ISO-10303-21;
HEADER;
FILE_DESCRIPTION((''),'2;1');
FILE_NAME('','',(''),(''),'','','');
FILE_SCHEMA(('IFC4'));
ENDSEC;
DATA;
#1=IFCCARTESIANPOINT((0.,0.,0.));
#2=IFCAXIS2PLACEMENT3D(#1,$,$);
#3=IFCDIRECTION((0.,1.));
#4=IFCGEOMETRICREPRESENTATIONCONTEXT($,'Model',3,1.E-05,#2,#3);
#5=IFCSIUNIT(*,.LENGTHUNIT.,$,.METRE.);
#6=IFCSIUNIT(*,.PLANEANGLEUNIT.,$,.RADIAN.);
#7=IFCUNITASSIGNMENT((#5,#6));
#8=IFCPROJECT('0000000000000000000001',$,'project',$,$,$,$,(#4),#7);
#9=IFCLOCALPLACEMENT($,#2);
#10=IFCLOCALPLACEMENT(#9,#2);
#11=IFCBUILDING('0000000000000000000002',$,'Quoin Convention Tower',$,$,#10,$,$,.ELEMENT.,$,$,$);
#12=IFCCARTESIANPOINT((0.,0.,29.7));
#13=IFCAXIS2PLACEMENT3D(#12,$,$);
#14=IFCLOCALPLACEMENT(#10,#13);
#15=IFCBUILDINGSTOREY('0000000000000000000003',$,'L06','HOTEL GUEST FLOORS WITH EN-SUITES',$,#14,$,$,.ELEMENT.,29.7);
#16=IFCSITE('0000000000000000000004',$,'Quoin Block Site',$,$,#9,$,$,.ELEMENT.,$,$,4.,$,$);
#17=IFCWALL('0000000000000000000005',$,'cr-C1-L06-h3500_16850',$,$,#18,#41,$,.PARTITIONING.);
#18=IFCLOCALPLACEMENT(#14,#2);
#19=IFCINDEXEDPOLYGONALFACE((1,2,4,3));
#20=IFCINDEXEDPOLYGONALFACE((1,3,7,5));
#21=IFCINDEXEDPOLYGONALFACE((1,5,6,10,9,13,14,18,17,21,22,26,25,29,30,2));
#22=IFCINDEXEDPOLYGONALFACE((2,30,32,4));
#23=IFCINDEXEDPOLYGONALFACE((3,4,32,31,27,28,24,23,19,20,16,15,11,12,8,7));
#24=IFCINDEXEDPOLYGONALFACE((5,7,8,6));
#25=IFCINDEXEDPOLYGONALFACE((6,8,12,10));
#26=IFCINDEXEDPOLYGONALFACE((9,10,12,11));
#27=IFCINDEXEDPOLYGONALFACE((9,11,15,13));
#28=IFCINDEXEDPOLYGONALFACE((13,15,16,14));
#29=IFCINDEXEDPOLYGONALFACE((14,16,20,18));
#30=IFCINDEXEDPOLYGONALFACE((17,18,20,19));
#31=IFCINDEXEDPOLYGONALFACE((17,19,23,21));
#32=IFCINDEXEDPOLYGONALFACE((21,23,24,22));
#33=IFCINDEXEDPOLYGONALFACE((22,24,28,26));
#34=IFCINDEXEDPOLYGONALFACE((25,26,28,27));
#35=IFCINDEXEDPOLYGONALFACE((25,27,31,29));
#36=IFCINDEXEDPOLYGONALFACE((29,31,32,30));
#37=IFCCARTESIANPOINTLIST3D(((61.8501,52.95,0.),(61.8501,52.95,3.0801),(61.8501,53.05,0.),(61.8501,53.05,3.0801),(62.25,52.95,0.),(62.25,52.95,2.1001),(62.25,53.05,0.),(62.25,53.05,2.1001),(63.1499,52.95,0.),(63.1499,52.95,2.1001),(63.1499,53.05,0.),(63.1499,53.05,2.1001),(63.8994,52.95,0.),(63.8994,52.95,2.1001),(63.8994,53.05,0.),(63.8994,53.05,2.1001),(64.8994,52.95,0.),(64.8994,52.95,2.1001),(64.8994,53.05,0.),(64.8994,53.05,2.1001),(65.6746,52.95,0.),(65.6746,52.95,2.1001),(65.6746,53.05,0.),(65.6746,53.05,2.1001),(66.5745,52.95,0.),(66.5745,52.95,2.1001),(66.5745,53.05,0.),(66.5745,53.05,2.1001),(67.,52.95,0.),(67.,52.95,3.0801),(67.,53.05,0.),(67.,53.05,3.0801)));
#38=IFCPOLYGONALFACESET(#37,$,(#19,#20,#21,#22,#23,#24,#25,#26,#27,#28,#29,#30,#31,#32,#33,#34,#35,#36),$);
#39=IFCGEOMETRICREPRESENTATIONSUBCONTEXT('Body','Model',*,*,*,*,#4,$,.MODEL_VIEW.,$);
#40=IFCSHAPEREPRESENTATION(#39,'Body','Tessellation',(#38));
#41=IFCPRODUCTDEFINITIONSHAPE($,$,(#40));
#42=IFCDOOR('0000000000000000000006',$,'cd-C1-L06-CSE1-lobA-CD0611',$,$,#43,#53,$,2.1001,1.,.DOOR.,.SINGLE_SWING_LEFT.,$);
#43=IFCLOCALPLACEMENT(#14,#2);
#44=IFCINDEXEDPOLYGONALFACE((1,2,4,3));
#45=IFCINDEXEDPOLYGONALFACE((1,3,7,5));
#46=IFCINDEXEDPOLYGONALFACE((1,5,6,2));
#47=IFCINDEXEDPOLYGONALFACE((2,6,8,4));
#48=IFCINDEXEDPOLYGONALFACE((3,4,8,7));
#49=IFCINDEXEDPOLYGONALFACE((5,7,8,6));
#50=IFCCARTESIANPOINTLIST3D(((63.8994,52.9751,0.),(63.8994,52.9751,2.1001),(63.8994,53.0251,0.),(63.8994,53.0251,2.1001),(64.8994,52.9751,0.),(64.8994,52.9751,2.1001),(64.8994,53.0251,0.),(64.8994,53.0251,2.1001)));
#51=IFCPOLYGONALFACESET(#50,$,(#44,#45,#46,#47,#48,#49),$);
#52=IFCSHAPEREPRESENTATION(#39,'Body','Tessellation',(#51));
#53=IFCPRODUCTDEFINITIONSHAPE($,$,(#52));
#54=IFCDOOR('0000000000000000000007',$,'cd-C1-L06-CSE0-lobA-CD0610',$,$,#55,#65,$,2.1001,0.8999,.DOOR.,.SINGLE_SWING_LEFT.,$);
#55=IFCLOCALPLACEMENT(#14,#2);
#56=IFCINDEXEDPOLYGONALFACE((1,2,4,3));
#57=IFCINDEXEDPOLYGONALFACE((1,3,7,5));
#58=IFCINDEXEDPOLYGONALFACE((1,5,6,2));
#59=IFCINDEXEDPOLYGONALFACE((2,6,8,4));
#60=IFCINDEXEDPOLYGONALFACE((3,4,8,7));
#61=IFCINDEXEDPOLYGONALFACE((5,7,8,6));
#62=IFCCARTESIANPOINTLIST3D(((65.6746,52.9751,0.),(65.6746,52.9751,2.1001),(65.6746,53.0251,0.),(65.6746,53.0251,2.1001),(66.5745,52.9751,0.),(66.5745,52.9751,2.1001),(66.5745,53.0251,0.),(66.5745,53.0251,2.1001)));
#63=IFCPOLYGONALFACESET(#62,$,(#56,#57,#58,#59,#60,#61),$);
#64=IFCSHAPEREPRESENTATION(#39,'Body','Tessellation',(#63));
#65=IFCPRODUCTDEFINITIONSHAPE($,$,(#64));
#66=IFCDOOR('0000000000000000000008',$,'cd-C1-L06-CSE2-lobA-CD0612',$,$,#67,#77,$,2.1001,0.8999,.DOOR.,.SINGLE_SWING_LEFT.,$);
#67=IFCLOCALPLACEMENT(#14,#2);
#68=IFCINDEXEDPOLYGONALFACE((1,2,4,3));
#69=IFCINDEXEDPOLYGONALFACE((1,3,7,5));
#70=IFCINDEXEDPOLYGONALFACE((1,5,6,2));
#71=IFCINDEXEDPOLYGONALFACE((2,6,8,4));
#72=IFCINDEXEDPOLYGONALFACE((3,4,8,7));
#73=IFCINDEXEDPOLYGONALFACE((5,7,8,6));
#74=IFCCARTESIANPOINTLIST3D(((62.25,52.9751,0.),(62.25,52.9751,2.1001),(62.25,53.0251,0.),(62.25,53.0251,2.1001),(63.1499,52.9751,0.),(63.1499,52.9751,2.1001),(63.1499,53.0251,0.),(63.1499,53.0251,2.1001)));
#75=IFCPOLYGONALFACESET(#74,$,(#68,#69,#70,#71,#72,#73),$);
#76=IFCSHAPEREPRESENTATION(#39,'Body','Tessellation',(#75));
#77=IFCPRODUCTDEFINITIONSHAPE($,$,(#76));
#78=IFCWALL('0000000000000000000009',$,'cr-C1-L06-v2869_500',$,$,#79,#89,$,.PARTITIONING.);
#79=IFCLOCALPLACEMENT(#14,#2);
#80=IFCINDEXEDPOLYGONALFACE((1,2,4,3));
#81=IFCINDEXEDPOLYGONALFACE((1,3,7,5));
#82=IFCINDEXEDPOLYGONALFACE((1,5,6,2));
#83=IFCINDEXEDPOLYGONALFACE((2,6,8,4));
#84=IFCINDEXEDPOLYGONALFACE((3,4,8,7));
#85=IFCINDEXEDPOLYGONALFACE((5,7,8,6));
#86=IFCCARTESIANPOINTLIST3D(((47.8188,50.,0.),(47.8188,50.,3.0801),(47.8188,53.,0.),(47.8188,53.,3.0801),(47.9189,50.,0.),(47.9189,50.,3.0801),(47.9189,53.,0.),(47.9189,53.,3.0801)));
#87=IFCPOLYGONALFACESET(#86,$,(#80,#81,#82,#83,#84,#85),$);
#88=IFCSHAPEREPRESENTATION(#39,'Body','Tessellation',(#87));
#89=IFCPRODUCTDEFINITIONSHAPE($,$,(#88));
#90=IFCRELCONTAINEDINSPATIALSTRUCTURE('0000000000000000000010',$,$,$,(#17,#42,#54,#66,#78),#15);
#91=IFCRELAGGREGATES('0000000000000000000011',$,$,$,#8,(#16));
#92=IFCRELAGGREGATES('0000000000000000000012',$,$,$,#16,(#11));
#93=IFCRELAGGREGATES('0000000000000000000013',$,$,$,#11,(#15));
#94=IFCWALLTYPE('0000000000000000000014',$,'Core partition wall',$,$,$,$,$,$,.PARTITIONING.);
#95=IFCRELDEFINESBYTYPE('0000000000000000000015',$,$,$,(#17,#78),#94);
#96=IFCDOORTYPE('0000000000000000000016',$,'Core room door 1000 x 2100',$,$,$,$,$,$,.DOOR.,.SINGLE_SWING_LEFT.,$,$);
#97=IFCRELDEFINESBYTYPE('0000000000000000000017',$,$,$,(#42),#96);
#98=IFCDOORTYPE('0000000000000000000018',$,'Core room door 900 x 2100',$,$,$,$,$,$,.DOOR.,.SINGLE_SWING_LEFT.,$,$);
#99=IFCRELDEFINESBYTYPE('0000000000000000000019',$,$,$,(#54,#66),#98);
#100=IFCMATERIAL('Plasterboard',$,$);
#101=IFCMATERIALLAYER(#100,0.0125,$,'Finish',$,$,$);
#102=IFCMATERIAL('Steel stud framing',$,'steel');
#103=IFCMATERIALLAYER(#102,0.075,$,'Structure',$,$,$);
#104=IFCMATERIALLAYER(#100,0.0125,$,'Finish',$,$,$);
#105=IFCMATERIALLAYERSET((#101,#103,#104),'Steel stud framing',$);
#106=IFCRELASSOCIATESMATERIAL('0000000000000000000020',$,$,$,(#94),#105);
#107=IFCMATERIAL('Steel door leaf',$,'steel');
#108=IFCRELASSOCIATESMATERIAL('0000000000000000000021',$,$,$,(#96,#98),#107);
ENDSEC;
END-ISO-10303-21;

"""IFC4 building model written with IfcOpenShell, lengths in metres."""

from ifc_helpers import new_model, si_unit, direction, frame, frame_2d, origin, place, context, subcontext, project, spatial, rectangle, extrude, material, layer, layer_set, type_object, element, fill, save


model = new_model("IFC4")

# Units and contexts
model_context = context("Model", 3, precision=1e-05, world=origin(), true_north=direction((0.0, 1.0)))
body_context = subcontext(model_context, "Body", "Model", "MODEL_VIEW")
ifc_project = project(units=[si_unit("LENGTHUNIT", "METRE"), si_unit("PLANEANGLEUNIT", "RADIAN")], contexts=[model_context])

# Site, building, storey
site_placement = place(None, origin())
site = spatial("IfcSite", under=ifc_project, at=site_placement, Name="Quoin Block Site", CompositionType="ELEMENT", RefElevation=4.0)
building_placement = place(site_placement, origin())
building = spatial("IfcBuilding", under=site, at=building_placement, Name="Quoin Convention Tower", CompositionType="ELEMENT")
storey_placement = place(building_placement, frame((0.0, 0.0, 29.7)))
storey = spatial("IfcBuildingStorey", under=building, at=storey_placement, Name="L06", Description="HOTEL GUEST FLOORS WITH EN-SUITES", CompositionType="ELEMENT", Elevation=29.7)

# Wall, openings, doors
ifc_material_1 = material(Name="Plasterboard")
ifc_layer_1 = layer(ifc_material_1, 0.0125, Name="Finish")
ifc_material_2 = material(Name="Steel stud framing", Category="steel")
ifc_layer_2 = layer(ifc_material_2, 0.075, Name="Structure")
ifc_layer_3 = layer(ifc_material_1, 0.0125, Name="Finish")
ifc_layer_set_1 = layer_set([ifc_layer_1, ifc_layer_2, ifc_layer_3], Name="Steel stud framing")
wall_type_1 = type_object("IfcWallType", Name="Core partition wall", PredefinedType="PARTITIONING", material=ifc_layer_set_1)
wall_1_placement = place(storey_placement, frame((61.8501, 53.0, 0.0), z_axis=(0.0, 0.0, 1.0), x_axis=(1.0, 0.0, 0.0)))
wall_1 = element("IfcWall", 1, at=wall_1_placement, inside=storey, type_object=wall_type_1, Name="cr-C1-L06-h3500_16850", PredefinedType="PARTITIONING", context=body_context, shape_type="SweptSolid", body=[
    extrude(rectangle(XDim=5.1499, YDim=0.1001, at=frame_2d((2.575, 0.0))), origin(), (0.0, 0.0, 1.0), 3.0801),
])
opening_1_placement = place(wall_1_placement, frame((3.8245, 0.0, 0.0)))
opening_1 = element("IfcOpeningElement", 2, at=opening_1_placement, cuts=wall_1, PredefinedType="OPENING", context=body_context, shape_type="SweptSolid", body=[
    extrude(rectangle(XDim=0.8999, YDim=2.1001, at=frame_2d((0.45, 1.05))), frame((0.0, 0.0601, 0.0), z_axis=(0.0, -1.0, 0.0), x_axis=(1.0, 0.0, 0.0)), (0.0, 0.0, 1.0), 0.1201),
])
opening_2_placement = place(wall_1_placement, frame((2.0493, 0.0, 0.0)))
opening_2 = element("IfcOpeningElement", 3, at=opening_2_placement, cuts=wall_1, PredefinedType="OPENING", context=body_context, shape_type="SweptSolid", body=[
    extrude(rectangle(XDim=1.0, YDim=2.1001, at=frame_2d((0.5, 1.05))), frame((0.0, 0.0601, 0.0), z_axis=(0.0, -1.0, 0.0), x_axis=(1.0, 0.0, 0.0)), (0.0, 0.0, 1.0), 0.1201),
])
opening_3_placement = place(wall_1_placement, frame((0.3999, 0.0, 0.0)))
opening_3 = element("IfcOpeningElement", 4, at=opening_3_placement, cuts=wall_1, PredefinedType="OPENING", context=body_context, shape_type="SweptSolid", body=[
    extrude(rectangle(XDim=0.8999, YDim=2.1001, at=frame_2d((0.45, 1.05))), frame((0.0, 0.0601, 0.0), z_axis=(0.0, -1.0, 0.0), x_axis=(1.0, 0.0, 0.0)), (0.0, 0.0, 1.0), 0.1201),
])
ifc_material_3 = material(Name="Steel door leaf", Category="steel")
door_type_1 = type_object("IfcDoorType", Name="Core room door 1000 x 2100", OperationType="SINGLE_SWING_LEFT", PredefinedType="DOOR", material=ifc_material_3)
door_1_placement = place(opening_2_placement, frame((1.0, 0.0, 0.0), z_axis=(0.0, 0.0, 1.0), x_axis=(-1.0, 0.0, 0.0)))
door_1 = element("IfcDoor", 5, at=door_1_placement, inside=storey, type_object=door_type_1, Name="cd-C1-L06-CSE1-lobA-CD0611", OperationType="SINGLE_SWING_LEFT", OverallHeight=2.1001, OverallWidth=1.0, PredefinedType="DOOR", context=body_context, shape_type="SweptSolid", body=[
    extrude(rectangle(XDim=1.0, YDim=2.1001, at=frame_2d((0.5, 1.05))), frame((0.0, 0.0249, 0.0), z_axis=(0.0, -1.0, 0.0), x_axis=(1.0, 0.0, 0.0)), (0.0, 0.0, 1.0), 0.05),
])
fill(opening_2, door_1)
door_type_2 = type_object("IfcDoorType", Name="Core room door 900 x 2100", OperationType="SINGLE_SWING_LEFT", PredefinedType="DOOR", material=ifc_material_3)
door_2_placement = place(opening_1_placement, frame((0.8999, 0.0, 0.0), z_axis=(0.0, 0.0, 1.0), x_axis=(-1.0, 0.0, 0.0)))
door_2 = element("IfcDoor", 6, at=door_2_placement, inside=storey, type_object=door_type_2, Name="cd-C1-L06-CSE0-lobA-CD0610", OperationType="SINGLE_SWING_LEFT", OverallHeight=2.1001, OverallWidth=0.8999, PredefinedType="DOOR", context=body_context, shape_type="SweptSolid", body=[
    extrude(rectangle(XDim=0.8999, YDim=2.1001, at=frame_2d((0.45, 1.05))), frame((0.0, 0.0249, 0.0), z_axis=(0.0, -1.0, 0.0), x_axis=(1.0, 0.0, 0.0)), (0.0, 0.0, 1.0), 0.05),
])
fill(opening_1, door_2)
door_3_placement = place(opening_3_placement, frame((0.8999, 0.0, 0.0), z_axis=(0.0, 0.0, 1.0), x_axis=(-1.0, 0.0, 0.0)))
door_3 = element("IfcDoor", 7, at=door_3_placement, inside=storey, type_object=door_type_2, Name="cd-C1-L06-CSE2-lobA-CD0612", OperationType="SINGLE_SWING_LEFT", OverallHeight=2.1001, OverallWidth=0.8999, PredefinedType="DOOR", context=body_context, shape_type="SweptSolid", body=[
    extrude(rectangle(XDim=0.8999, YDim=2.1001, at=frame_2d((0.45, 1.05))), frame((0.0, 0.0249, 0.0), z_axis=(0.0, -1.0, 0.0), x_axis=(1.0, 0.0, 0.0)), (0.0, 0.0, 1.0), 0.05),
])
fill(opening_3, door_3)

# Wall
wall_2_placement = place(storey_placement, frame((47.8689, 50.0, 0.0), z_axis=(0.0, 0.0, 1.0), x_axis=(0.0, 1.0, 0.0)))
element("IfcWall", 8, at=wall_2_placement, inside=storey, type_object=wall_type_1, Name="cr-C1-L06-v2869_500", PredefinedType="PARTITIONING", context=body_context, shape_type="SweptSolid", body=[
    extrude(rectangle(XDim=3.0, YDim=0.1001, at=frame_2d((1.5, 0.0))), origin(), (0.0, 0.0, 1.0), 3.0801),
])

save(model, "model.ifc")
